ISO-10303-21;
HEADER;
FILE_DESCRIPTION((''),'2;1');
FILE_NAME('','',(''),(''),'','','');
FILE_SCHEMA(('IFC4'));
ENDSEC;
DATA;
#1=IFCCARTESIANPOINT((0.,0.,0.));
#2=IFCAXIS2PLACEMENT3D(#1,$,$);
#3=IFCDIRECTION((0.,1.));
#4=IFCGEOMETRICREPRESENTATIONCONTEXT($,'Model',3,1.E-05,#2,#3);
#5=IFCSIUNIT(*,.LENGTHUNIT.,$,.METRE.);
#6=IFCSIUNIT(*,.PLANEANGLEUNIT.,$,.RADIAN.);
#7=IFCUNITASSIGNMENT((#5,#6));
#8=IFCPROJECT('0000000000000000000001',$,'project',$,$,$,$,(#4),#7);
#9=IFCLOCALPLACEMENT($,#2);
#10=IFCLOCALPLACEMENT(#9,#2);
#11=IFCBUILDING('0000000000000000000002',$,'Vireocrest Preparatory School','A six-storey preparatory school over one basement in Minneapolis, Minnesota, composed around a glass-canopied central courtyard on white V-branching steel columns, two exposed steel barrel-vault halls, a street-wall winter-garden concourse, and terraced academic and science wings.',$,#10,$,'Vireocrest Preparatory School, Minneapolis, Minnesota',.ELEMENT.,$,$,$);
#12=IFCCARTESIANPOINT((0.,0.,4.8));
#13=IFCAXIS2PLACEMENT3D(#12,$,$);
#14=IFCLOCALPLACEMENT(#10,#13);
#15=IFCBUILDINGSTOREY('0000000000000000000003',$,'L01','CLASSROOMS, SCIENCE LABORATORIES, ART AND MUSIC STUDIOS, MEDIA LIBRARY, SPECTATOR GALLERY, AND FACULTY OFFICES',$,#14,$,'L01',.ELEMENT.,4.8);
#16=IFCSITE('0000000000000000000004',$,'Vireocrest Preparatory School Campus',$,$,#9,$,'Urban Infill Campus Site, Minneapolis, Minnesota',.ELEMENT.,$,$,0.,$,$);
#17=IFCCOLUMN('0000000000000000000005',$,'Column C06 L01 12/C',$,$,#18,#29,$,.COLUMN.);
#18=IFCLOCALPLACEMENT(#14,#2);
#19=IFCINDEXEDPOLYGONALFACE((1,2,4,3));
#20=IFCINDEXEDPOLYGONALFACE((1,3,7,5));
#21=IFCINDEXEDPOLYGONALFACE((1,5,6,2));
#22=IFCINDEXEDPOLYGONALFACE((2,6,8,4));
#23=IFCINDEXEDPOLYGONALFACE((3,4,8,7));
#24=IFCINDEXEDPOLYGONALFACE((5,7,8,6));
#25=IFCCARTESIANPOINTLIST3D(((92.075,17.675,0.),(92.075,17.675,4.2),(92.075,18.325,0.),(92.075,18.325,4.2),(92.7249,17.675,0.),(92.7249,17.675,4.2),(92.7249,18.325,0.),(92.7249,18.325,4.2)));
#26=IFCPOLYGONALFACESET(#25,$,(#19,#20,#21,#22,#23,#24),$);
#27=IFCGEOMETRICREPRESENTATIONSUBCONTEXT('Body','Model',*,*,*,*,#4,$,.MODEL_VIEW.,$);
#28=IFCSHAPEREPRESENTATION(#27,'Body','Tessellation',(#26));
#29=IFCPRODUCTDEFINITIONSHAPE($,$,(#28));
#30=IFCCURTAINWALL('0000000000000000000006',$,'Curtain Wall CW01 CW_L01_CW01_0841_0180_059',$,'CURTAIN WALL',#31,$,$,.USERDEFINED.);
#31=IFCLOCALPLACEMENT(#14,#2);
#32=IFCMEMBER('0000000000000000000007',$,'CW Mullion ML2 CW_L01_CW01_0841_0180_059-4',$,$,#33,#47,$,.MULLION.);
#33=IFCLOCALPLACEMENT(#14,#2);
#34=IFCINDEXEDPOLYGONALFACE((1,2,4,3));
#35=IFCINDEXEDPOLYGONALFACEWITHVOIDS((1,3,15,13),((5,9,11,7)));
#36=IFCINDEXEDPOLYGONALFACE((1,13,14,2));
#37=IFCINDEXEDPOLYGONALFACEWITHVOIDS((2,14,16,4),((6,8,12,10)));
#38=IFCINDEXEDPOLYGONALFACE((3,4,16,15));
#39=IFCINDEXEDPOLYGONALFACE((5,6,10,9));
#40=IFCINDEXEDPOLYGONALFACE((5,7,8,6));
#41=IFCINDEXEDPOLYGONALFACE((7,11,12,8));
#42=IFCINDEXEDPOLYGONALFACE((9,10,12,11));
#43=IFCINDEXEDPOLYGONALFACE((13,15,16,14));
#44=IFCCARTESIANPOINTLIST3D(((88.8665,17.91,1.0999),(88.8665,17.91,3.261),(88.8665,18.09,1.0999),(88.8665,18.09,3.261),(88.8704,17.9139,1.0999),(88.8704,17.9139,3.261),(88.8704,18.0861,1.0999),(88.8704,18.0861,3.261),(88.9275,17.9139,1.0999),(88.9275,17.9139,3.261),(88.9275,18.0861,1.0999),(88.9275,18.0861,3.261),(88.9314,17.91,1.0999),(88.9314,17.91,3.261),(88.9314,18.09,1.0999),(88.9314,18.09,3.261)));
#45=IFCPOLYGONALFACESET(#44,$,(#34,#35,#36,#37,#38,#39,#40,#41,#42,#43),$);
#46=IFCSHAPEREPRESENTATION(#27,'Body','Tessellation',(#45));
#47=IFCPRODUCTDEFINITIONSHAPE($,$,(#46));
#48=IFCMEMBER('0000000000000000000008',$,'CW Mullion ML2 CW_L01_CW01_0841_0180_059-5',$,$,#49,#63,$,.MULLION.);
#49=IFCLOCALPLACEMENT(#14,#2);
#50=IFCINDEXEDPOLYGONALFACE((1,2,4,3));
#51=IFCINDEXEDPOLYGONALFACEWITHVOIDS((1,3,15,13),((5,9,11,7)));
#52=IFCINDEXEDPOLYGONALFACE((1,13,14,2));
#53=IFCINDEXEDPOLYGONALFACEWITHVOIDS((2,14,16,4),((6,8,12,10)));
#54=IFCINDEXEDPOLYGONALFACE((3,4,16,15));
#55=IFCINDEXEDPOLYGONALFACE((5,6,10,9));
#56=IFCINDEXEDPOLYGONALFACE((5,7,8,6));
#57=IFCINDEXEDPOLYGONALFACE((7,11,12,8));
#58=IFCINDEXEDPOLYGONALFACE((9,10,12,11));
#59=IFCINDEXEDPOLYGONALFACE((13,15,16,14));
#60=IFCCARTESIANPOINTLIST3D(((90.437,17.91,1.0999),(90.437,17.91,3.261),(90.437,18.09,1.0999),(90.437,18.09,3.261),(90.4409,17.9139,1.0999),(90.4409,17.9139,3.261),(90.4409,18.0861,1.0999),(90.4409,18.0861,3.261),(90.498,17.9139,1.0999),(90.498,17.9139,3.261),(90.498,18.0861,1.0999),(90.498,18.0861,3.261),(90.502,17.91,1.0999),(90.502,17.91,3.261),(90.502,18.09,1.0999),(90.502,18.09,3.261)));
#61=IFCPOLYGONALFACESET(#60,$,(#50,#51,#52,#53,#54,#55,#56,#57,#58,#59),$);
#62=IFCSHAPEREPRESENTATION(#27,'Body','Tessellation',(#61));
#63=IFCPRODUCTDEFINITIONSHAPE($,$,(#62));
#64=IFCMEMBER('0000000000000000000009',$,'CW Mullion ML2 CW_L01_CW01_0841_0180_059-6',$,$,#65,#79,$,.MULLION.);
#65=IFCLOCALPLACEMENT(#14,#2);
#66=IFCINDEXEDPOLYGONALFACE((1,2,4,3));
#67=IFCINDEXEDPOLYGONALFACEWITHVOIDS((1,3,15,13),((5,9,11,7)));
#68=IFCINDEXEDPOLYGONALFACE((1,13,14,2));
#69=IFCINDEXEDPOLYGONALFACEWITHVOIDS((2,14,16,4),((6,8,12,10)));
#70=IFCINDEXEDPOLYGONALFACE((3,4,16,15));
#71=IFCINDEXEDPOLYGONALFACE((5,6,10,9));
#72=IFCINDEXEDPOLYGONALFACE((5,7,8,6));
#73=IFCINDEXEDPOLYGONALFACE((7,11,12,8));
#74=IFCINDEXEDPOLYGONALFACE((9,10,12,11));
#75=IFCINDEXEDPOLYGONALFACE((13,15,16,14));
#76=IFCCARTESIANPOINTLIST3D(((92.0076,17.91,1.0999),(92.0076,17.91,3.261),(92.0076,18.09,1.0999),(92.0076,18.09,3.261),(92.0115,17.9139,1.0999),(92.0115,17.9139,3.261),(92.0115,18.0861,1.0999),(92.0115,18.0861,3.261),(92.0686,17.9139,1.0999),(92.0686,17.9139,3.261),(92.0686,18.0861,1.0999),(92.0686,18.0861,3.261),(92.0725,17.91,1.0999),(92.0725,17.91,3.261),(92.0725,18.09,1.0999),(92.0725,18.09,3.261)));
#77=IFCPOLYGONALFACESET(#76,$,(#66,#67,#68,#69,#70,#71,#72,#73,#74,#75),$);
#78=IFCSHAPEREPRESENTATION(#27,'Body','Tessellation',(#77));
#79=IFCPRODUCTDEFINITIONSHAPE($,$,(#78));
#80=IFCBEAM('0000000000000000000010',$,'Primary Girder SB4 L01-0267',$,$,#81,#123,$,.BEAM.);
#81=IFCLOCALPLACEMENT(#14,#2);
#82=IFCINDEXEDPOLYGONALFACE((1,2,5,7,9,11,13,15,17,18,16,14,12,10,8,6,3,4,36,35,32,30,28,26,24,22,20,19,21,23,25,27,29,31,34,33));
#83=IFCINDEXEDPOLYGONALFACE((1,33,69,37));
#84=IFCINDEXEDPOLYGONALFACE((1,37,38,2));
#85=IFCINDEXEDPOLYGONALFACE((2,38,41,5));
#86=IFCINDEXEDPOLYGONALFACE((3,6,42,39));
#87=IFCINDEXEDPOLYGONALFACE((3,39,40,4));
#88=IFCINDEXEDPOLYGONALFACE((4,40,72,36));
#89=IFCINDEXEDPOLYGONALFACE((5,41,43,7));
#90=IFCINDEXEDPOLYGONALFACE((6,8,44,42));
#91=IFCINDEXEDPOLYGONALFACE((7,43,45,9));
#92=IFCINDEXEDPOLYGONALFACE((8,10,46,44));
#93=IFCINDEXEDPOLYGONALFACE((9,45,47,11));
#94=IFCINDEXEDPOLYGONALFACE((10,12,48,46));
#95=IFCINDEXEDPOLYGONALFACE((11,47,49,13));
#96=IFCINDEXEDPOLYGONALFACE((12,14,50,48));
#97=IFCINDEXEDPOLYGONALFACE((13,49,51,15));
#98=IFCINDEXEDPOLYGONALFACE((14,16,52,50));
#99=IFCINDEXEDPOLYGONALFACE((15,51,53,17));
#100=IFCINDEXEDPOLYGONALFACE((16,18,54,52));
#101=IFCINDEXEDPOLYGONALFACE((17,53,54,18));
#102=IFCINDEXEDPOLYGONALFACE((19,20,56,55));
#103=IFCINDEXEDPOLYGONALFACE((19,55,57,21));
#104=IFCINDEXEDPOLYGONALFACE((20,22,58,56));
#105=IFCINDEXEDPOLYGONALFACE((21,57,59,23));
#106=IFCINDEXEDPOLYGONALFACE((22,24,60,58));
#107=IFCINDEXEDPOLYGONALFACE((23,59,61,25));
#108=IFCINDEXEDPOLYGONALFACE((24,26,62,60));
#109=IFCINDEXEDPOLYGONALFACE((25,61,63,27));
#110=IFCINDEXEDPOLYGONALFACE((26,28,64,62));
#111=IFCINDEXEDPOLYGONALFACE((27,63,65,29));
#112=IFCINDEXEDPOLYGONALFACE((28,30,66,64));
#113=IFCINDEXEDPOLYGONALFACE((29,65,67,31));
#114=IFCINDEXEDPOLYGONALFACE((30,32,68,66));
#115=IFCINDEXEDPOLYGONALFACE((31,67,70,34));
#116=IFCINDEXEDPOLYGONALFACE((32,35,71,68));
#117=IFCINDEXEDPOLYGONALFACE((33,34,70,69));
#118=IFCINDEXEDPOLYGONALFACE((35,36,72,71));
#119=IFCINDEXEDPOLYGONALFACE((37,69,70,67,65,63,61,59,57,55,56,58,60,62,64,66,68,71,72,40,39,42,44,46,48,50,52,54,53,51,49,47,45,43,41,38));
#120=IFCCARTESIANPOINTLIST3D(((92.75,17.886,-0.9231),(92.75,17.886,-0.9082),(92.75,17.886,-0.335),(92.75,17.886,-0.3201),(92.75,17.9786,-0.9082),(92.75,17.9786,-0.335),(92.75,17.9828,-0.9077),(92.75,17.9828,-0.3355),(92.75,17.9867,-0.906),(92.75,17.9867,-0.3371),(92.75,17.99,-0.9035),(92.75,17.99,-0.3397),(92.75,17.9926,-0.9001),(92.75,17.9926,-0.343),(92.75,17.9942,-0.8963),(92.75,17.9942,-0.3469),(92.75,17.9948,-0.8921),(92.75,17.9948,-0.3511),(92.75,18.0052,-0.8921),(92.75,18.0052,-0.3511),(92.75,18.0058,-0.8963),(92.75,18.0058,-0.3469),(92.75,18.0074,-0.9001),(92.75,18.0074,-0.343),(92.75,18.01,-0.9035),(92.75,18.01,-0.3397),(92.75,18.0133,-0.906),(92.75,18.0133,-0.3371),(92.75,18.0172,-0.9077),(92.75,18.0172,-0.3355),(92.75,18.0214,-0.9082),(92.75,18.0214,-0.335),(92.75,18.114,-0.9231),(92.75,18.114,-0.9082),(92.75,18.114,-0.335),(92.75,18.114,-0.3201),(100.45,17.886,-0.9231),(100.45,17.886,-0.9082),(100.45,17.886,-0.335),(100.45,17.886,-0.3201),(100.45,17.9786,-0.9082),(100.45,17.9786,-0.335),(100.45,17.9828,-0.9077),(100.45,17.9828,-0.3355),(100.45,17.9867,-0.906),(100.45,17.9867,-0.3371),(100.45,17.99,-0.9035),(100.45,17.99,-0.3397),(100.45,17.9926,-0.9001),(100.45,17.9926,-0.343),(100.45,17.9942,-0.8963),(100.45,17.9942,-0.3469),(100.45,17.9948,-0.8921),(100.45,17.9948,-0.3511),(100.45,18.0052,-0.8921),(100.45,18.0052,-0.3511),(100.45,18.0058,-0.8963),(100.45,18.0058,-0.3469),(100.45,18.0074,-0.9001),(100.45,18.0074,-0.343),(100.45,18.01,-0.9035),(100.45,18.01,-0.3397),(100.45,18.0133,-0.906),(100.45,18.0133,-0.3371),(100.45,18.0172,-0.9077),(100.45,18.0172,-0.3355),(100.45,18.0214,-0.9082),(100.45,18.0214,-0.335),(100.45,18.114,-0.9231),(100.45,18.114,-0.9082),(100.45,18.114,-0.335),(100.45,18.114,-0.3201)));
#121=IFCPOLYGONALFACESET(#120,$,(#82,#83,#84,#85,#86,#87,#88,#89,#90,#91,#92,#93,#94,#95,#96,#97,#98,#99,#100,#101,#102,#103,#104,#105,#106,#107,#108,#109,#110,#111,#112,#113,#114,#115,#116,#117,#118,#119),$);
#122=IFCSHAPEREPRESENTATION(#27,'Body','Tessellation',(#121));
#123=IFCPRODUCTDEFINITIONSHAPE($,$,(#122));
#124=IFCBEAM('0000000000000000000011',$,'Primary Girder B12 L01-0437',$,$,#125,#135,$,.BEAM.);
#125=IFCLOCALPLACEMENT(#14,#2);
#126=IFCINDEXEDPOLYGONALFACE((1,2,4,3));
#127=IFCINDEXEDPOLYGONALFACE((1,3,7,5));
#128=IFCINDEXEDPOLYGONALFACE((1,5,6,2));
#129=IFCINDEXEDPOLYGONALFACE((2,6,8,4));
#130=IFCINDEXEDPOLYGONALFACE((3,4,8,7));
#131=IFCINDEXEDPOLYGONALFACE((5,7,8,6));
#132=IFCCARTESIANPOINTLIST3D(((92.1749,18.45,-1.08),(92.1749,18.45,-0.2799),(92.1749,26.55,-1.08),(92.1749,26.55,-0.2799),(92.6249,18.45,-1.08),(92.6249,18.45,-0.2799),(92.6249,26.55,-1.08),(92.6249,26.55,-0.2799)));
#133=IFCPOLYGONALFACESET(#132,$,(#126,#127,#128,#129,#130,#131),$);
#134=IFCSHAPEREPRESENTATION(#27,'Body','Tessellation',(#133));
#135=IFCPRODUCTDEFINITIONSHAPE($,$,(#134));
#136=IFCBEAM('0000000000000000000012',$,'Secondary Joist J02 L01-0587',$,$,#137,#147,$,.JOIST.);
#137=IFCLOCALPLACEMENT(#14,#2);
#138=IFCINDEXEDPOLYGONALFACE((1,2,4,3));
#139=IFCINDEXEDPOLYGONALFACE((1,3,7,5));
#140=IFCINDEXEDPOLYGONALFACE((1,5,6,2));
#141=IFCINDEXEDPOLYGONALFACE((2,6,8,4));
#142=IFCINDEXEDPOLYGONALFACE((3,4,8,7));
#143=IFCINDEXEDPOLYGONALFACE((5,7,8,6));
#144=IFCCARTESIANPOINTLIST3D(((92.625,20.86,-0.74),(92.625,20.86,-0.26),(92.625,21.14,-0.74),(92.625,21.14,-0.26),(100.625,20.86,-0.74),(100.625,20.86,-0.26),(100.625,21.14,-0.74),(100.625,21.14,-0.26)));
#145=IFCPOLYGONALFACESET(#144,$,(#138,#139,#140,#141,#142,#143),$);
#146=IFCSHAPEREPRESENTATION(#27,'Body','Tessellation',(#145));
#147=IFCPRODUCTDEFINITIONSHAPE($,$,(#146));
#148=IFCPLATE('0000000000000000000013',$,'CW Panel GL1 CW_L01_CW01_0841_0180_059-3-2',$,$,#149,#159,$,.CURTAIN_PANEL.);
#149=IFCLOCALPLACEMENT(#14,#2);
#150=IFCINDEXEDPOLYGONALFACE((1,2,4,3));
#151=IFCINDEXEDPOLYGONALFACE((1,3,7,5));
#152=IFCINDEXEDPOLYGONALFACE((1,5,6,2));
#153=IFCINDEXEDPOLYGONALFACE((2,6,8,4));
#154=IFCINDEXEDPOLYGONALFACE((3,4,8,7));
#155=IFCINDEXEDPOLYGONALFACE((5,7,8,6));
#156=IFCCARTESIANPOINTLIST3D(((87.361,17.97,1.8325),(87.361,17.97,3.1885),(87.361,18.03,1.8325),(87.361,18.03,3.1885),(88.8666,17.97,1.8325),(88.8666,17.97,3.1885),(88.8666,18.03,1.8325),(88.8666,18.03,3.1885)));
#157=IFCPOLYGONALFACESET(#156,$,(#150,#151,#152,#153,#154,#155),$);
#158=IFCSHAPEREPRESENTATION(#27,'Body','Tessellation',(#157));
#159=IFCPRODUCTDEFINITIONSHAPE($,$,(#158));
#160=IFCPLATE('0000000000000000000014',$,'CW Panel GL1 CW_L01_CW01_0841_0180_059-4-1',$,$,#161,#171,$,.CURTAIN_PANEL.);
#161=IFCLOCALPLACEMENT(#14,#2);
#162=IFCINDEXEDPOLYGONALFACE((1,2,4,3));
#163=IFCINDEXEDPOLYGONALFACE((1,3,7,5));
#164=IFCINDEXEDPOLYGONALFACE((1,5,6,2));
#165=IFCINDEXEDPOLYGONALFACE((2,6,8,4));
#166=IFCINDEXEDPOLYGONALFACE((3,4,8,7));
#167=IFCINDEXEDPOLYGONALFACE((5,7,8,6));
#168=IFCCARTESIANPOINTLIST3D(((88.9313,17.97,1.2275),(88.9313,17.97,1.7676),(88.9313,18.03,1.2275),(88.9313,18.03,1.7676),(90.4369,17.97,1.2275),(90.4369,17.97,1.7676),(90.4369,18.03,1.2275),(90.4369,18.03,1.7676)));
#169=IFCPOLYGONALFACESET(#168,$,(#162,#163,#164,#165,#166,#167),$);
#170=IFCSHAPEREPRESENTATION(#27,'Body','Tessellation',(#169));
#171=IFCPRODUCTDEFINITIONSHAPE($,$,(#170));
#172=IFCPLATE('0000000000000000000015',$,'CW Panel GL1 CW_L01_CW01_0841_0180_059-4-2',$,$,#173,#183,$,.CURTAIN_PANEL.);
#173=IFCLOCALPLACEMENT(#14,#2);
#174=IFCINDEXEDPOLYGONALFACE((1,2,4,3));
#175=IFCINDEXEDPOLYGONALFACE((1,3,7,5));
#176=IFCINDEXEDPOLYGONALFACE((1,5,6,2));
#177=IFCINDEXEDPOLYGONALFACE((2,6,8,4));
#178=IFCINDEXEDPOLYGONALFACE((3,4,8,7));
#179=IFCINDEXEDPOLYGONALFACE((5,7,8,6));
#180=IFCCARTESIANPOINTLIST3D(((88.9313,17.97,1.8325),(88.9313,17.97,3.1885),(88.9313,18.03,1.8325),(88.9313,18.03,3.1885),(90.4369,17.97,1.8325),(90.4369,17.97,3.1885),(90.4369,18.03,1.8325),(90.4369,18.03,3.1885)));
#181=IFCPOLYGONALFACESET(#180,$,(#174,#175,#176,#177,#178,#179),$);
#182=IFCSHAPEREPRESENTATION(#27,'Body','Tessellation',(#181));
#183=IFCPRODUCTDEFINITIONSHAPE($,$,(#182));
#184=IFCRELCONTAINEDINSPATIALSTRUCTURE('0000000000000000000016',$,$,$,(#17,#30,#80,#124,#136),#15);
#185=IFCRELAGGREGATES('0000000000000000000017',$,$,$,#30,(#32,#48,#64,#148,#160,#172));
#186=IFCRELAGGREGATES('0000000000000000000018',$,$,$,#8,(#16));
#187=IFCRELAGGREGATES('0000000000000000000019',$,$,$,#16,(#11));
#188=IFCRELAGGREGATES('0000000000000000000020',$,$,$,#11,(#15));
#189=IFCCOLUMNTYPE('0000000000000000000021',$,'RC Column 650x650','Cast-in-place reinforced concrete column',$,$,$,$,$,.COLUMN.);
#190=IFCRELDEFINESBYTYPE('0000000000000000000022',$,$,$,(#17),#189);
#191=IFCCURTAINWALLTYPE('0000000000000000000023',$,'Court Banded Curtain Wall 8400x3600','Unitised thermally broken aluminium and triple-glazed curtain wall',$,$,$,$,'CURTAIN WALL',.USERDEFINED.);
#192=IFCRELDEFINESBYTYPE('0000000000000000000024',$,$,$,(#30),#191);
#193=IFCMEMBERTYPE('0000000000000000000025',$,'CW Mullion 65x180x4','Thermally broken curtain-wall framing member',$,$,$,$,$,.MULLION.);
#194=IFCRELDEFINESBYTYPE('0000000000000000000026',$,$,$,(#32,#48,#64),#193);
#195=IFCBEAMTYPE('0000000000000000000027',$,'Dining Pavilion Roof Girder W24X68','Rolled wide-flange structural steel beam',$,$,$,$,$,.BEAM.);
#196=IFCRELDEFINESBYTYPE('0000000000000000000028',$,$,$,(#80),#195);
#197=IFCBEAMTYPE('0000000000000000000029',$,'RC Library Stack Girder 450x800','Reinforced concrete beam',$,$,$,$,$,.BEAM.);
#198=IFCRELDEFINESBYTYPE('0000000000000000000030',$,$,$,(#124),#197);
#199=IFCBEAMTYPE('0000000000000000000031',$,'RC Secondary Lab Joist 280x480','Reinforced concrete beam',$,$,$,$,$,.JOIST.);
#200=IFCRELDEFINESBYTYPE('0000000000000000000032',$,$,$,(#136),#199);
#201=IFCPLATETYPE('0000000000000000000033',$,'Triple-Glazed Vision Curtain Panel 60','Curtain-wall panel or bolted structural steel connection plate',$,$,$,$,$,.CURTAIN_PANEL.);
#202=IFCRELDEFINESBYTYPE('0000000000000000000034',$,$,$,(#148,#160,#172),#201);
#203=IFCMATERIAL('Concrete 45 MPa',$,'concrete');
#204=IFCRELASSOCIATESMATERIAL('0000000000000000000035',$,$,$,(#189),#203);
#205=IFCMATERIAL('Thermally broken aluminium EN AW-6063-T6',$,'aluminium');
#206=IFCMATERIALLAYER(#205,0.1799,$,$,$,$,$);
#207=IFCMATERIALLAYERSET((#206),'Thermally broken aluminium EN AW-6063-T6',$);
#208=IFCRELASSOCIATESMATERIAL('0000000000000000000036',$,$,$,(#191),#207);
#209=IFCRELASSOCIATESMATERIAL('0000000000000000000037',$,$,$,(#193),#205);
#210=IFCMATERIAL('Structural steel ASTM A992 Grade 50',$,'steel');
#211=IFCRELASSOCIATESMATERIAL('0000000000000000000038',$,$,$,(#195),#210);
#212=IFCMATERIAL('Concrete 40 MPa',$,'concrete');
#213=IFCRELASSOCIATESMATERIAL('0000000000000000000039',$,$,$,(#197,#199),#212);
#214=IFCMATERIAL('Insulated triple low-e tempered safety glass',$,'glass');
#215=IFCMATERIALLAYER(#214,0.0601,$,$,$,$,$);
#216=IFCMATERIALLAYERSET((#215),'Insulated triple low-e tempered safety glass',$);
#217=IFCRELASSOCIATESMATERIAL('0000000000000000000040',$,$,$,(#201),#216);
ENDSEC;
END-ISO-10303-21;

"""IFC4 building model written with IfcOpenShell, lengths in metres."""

from ifc_helpers import new_model, si_unit, direction, frame, origin, origin_2d, place, context, subcontext, project, spatial, rectangle, hollow_rectangle, i_section, extrude, material, layer, layer_set, material_profile, profile_set, type_object, element, aggregate, save


model = new_model("IFC4")

# Units and contexts
model_context = context("Model", 3, precision=1e-05, world=origin(), true_north=direction((0.0, 1.0)))
body_context = subcontext(model_context, "Body", "Model", "MODEL_VIEW")
ifc_project = project(units=[si_unit("LENGTHUNIT", "METRE"), si_unit("PLANEANGLEUNIT", "RADIAN")], contexts=[model_context])

# Site, building, storey
site_placement = place(None, origin())
site = spatial("IfcSite", under=ifc_project, at=site_placement, Name="Vireocrest Preparatory School Campus", LongName="Urban Infill Campus Site, Minneapolis, Minnesota", CompositionType="ELEMENT", RefElevation=0.0)
building_placement = place(site_placement, origin())
building = spatial("IfcBuilding", under=site, at=building_placement, Name="Vireocrest Preparatory School", Description="A six-storey preparatory school over one basement in Minneapolis, Minnesota, composed around a glass-canopied central courtyard on white V-branching steel columns, two exposed steel barrel-vault halls, a street-wall winter-garden concourse, and terraced academic and science wings.", LongName="Vireocrest Preparatory School, Minneapolis, Minnesota", CompositionType="ELEMENT")
storey_placement = place(building_placement, frame((0.0, 0.0, 4.8)))
storey = spatial("IfcBuildingStorey", under=building, at=storey_placement, Name="L01", Description="CLASSROOMS, SCIENCE LABORATORIES, ART AND MUSIC STUDIOS, MEDIA LIBRARY, SPECTATOR GALLERY, AND FACULTY OFFICES", LongName="L01", CompositionType="ELEMENT", Elevation=4.8)

# Column
ifc_material_1 = material(Name="Concrete 45 MPa", Category="concrete")
ifc_material_profile_1 = material_profile(ifc_material_1, rectangle(XDim=0.6499, YDim=0.6499, at=origin_2d()), Name="RC 650x650")
ifc_profile_set_1 = profile_set([ifc_material_profile_1], Name="Concrete 45 MPa")
column_type = type_object("IfcColumnType", Name="RC Column 650x650", Description="Cast-in-place reinforced concrete column", PredefinedType="COLUMN", material=ifc_profile_set_1)
column_placement = place(storey_placement, frame((92.3999, 18.0, 0.0), z_axis=(0.0, 0.0, 1.0), x_axis=(1.0, 0.0, 0.0)))
element("IfcColumn", 1, at=column_placement, inside=storey, type_object=column_type, Name="Column C06 L01 12/C", PredefinedType="COLUMN", context=body_context, shape_type="SweptSolid", body=[
    extrude(rectangle(XDim=0.6499, YDim=0.6499, at=origin_2d()), origin(), (0.0, 0.0, 1.0), 4.2),
])

# Curtain wall, members
ifc_material_2 = material(Name="Thermally broken aluminium EN AW-6063-T6", Category="aluminium")
ifc_layer_1 = layer(ifc_material_2, 0.1799)
ifc_layer_set_1 = layer_set([ifc_layer_1], Name="Thermally broken aluminium EN AW-6063-T6")
curtain_wall_type = type_object("IfcCurtainWallType", Name="Court Banded Curtain Wall 8400x3600", Description="Unitised thermally broken aluminium and triple-glazed curtain wall", ElementType="CURTAIN WALL", PredefinedType="USERDEFINED", material=ifc_layer_set_1)
curtain_wall_placement = place(storey_placement, origin())
curtain_wall = element("IfcCurtainWall", 2, at=curtain_wall_placement, inside=storey, type_object=curtain_wall_type, Name="Curtain Wall CW01 CW_L01_CW01_0841_0180_059", ObjectType="CURTAIN WALL", PredefinedType="USERDEFINED")
ifc_material_profile_2 = material_profile(ifc_material_2, hollow_rectangle(XDim=0.0649, YDim=0.1799, WallThickness=0.0039, at=origin_2d()), Name="ALU 65x180x4")
ifc_profile_set_2 = profile_set([ifc_material_profile_2], Name="Thermally broken aluminium EN AW-6063-T6")
member_type = type_object("IfcMemberType", Name="CW Mullion 65x180x4", Description="Thermally broken curtain-wall framing member", PredefinedType="MULLION", material=ifc_profile_set_2)
member_1_placement = place(storey_placement, frame((88.8989, 18.0, 1.0999), z_axis=(0.0, 0.0, 1.0), x_axis=(1.0, 0.0, 0.0)))
member_1 = element("IfcMember", 3, at=member_1_placement, type_object=member_type, Name="CW Mullion ML2 CW_L01_CW01_0841_0180_059-4", PredefinedType="MULLION", context=body_context, shape_type="SweptSolid", body=[
    extrude(hollow_rectangle(XDim=0.0649, YDim=0.1799, WallThickness=0.0039, at=origin_2d()), origin(), (0.0, 0.0, 1.0), 2.1611),
])
member_2_placement = place(storey_placement, frame((90.4695, 18.0, 1.0999), z_axis=(0.0, 0.0, 1.0), x_axis=(1.0, 0.0, 0.0)))
member_2 = element("IfcMember", 4, at=member_2_placement, type_object=member_type, Name="CW Mullion ML2 CW_L01_CW01_0841_0180_059-5", PredefinedType="MULLION", context=body_context, shape_type="SweptSolid", body=[
    extrude(hollow_rectangle(XDim=0.0649, YDim=0.1799, WallThickness=0.0039, at=origin_2d()), origin(), (0.0, 0.0, 1.0), 2.1611),
])
member_3_placement = place(storey_placement, frame((92.04, 18.0, 1.0999), z_axis=(0.0, 0.0, 1.0), x_axis=(1.0, 0.0, 0.0)))
member_3 = element("IfcMember", 5, at=member_3_placement, type_object=member_type, Name="CW Mullion ML2 CW_L01_CW01_0841_0180_059-6", PredefinedType="MULLION", context=body_context, shape_type="SweptSolid", body=[
    extrude(hollow_rectangle(XDim=0.0649, YDim=0.1799, WallThickness=0.0039, at=origin_2d()), origin(), (0.0, 0.0, 1.0), 2.1611),
])

# Beams
ifc_material_3 = material(Name="Structural steel ASTM A992 Grade 50", Category="steel")
ifc_material_profile_3 = material_profile(ifc_material_3, i_section(OverallWidth=0.228, OverallDepth=0.603, WebThickness=0.0105, FlangeThickness=0.0149, FilletRadius=0.0161, at=origin_2d()), Name="W24X68")
ifc_profile_set_3 = profile_set([ifc_material_profile_3], Name="Structural steel ASTM A992 Grade 50")
beam_type_1 = type_object("IfcBeamType", Name="Dining Pavilion Roof Girder W24X68", Description="Rolled wide-flange structural steel beam", PredefinedType="BEAM", material=ifc_profile_set_3)
beam_1_placement = place(storey_placement, frame((92.75, 18.0, -0.6216), z_axis=(1.0, 0.0, 0.0), x_axis=(0.0, 1.0, 0.0)))
element("IfcBeam", 6, at=beam_1_placement, inside=storey, type_object=beam_type_1, Name="Primary Girder SB4 L01-0267", PredefinedType="BEAM", context=body_context, shape_type="SweptSolid", body=[
    extrude(i_section(OverallWidth=0.228, OverallDepth=0.603, WebThickness=0.0105, FlangeThickness=0.0149, FilletRadius=0.0161, at=origin_2d()), origin(), (0.0, 0.0, 1.0), 7.7),
])
ifc_material_4 = material(Name="Concrete 40 MPa", Category="concrete")
ifc_material_profile_4 = material_profile(ifc_material_4, rectangle(XDim=0.45, YDim=0.8, at=origin_2d()), Name="RC 450x800")
ifc_profile_set_4 = profile_set([ifc_material_profile_4], Name="Concrete 40 MPa")
beam_type_2 = type_object("IfcBeamType", Name="RC Library Stack Girder 450x800", Description="Reinforced concrete beam", PredefinedType="BEAM", material=ifc_profile_set_4)
beam_2_placement = place(storey_placement, frame((92.3999, 18.45, -0.6799), z_axis=(0.0, 1.0, 0.0), x_axis=(-1.0, 0.0, 0.0)))
element("IfcBeam", 7, at=beam_2_placement, inside=storey, type_object=beam_type_2, Name="Primary Girder B12 L01-0437", PredefinedType="BEAM", context=body_context, shape_type="SweptSolid", body=[
    extrude(rectangle(XDim=0.45, YDim=0.8, at=origin_2d()), origin(), (0.0, 0.0, 1.0), 8.1001),
])
ifc_material_profile_5 = material_profile(ifc_material_4, rectangle(XDim=0.28, YDim=0.48, at=origin_2d()), Name="RC 280x480")
ifc_profile_set_5 = profile_set([ifc_material_profile_5], Name="Concrete 40 MPa")
beam_type_3 = type_object("IfcBeamType", Name="RC Secondary Lab Joist 280x480", Description="Reinforced concrete beam", PredefinedType="JOIST", material=ifc_profile_set_5)
beam_3_placement = place(storey_placement, frame((92.625, 21.0, -0.5), z_axis=(1.0, 0.0, 0.0), x_axis=(0.0, 1.0, 0.0)))
element("IfcBeam", 8, at=beam_3_placement, inside=storey, type_object=beam_type_3, Name="Secondary Joist J02 L01-0587", PredefinedType="JOIST", context=body_context, shape_type="SweptSolid", body=[
    extrude(rectangle(XDim=0.28, YDim=0.48, at=origin_2d()), origin(), (0.0, 0.0, 1.0), 8.0),
])

# Plates
ifc_material_5 = material(Name="Insulated triple low-e tempered safety glass", Category="glass")
ifc_layer_2 = layer(ifc_material_5, 0.0601)
ifc_layer_set_2 = layer_set([ifc_layer_2], Name="Insulated triple low-e tempered safety glass")
plate_type = type_object("IfcPlateType", Name="Triple-Glazed Vision Curtain Panel 60", Description="Curtain-wall panel or bolted structural steel connection plate", PredefinedType="CURTAIN_PANEL", material=ifc_layer_set_2)
plate_1_placement = place(storey_placement, frame((88.1138, 18.0, 1.8325), z_axis=(0.0, 0.0, 1.0), x_axis=(1.0, 0.0, 0.0)))
plate_1 = element("IfcPlate", 9, at=plate_1_placement, type_object=plate_type, Name="CW Panel GL1 CW_L01_CW01_0841_0180_059-3-2", PredefinedType="CURTAIN_PANEL", context=body_context, shape_type="SweptSolid", body=[
    extrude(rectangle(XDim=1.5056, YDim=0.0601, at=origin_2d()), origin(), (0.0, 0.0, 1.0), 1.356),
])
plate_2_placement = place(storey_placement, frame((89.6841, 18.0, 1.2275), z_axis=(0.0, 0.0, 1.0), x_axis=(1.0, 0.0, 0.0)))
plate_2 = element("IfcPlate", 10, at=plate_2_placement, type_object=plate_type, Name="CW Panel GL1 CW_L01_CW01_0841_0180_059-4-1", PredefinedType="CURTAIN_PANEL", context=body_context, shape_type="SweptSolid", body=[
    extrude(rectangle(XDim=1.5056, YDim=0.0601, at=origin_2d()), origin(), (0.0, 0.0, 1.0), 0.54),
])
plate_3_placement = place(storey_placement, frame((89.6841, 18.0, 1.8325), z_axis=(0.0, 0.0, 1.0), x_axis=(1.0, 0.0, 0.0)))
plate_3 = element("IfcPlate", 11, at=plate_3_placement, type_object=plate_type, Name="CW Panel GL1 CW_L01_CW01_0841_0180_059-4-2", PredefinedType="CURTAIN_PANEL", context=body_context, shape_type="SweptSolid", body=[
    extrude(rectangle(XDim=1.5056, YDim=0.0601, at=origin_2d()), origin(), (0.0, 0.0, 1.0), 1.356),
])
aggregate(curtain_wall, [member_1, member_2, member_3, plate_1, plate_2, plate_3])

save(model, "model.ifc")
